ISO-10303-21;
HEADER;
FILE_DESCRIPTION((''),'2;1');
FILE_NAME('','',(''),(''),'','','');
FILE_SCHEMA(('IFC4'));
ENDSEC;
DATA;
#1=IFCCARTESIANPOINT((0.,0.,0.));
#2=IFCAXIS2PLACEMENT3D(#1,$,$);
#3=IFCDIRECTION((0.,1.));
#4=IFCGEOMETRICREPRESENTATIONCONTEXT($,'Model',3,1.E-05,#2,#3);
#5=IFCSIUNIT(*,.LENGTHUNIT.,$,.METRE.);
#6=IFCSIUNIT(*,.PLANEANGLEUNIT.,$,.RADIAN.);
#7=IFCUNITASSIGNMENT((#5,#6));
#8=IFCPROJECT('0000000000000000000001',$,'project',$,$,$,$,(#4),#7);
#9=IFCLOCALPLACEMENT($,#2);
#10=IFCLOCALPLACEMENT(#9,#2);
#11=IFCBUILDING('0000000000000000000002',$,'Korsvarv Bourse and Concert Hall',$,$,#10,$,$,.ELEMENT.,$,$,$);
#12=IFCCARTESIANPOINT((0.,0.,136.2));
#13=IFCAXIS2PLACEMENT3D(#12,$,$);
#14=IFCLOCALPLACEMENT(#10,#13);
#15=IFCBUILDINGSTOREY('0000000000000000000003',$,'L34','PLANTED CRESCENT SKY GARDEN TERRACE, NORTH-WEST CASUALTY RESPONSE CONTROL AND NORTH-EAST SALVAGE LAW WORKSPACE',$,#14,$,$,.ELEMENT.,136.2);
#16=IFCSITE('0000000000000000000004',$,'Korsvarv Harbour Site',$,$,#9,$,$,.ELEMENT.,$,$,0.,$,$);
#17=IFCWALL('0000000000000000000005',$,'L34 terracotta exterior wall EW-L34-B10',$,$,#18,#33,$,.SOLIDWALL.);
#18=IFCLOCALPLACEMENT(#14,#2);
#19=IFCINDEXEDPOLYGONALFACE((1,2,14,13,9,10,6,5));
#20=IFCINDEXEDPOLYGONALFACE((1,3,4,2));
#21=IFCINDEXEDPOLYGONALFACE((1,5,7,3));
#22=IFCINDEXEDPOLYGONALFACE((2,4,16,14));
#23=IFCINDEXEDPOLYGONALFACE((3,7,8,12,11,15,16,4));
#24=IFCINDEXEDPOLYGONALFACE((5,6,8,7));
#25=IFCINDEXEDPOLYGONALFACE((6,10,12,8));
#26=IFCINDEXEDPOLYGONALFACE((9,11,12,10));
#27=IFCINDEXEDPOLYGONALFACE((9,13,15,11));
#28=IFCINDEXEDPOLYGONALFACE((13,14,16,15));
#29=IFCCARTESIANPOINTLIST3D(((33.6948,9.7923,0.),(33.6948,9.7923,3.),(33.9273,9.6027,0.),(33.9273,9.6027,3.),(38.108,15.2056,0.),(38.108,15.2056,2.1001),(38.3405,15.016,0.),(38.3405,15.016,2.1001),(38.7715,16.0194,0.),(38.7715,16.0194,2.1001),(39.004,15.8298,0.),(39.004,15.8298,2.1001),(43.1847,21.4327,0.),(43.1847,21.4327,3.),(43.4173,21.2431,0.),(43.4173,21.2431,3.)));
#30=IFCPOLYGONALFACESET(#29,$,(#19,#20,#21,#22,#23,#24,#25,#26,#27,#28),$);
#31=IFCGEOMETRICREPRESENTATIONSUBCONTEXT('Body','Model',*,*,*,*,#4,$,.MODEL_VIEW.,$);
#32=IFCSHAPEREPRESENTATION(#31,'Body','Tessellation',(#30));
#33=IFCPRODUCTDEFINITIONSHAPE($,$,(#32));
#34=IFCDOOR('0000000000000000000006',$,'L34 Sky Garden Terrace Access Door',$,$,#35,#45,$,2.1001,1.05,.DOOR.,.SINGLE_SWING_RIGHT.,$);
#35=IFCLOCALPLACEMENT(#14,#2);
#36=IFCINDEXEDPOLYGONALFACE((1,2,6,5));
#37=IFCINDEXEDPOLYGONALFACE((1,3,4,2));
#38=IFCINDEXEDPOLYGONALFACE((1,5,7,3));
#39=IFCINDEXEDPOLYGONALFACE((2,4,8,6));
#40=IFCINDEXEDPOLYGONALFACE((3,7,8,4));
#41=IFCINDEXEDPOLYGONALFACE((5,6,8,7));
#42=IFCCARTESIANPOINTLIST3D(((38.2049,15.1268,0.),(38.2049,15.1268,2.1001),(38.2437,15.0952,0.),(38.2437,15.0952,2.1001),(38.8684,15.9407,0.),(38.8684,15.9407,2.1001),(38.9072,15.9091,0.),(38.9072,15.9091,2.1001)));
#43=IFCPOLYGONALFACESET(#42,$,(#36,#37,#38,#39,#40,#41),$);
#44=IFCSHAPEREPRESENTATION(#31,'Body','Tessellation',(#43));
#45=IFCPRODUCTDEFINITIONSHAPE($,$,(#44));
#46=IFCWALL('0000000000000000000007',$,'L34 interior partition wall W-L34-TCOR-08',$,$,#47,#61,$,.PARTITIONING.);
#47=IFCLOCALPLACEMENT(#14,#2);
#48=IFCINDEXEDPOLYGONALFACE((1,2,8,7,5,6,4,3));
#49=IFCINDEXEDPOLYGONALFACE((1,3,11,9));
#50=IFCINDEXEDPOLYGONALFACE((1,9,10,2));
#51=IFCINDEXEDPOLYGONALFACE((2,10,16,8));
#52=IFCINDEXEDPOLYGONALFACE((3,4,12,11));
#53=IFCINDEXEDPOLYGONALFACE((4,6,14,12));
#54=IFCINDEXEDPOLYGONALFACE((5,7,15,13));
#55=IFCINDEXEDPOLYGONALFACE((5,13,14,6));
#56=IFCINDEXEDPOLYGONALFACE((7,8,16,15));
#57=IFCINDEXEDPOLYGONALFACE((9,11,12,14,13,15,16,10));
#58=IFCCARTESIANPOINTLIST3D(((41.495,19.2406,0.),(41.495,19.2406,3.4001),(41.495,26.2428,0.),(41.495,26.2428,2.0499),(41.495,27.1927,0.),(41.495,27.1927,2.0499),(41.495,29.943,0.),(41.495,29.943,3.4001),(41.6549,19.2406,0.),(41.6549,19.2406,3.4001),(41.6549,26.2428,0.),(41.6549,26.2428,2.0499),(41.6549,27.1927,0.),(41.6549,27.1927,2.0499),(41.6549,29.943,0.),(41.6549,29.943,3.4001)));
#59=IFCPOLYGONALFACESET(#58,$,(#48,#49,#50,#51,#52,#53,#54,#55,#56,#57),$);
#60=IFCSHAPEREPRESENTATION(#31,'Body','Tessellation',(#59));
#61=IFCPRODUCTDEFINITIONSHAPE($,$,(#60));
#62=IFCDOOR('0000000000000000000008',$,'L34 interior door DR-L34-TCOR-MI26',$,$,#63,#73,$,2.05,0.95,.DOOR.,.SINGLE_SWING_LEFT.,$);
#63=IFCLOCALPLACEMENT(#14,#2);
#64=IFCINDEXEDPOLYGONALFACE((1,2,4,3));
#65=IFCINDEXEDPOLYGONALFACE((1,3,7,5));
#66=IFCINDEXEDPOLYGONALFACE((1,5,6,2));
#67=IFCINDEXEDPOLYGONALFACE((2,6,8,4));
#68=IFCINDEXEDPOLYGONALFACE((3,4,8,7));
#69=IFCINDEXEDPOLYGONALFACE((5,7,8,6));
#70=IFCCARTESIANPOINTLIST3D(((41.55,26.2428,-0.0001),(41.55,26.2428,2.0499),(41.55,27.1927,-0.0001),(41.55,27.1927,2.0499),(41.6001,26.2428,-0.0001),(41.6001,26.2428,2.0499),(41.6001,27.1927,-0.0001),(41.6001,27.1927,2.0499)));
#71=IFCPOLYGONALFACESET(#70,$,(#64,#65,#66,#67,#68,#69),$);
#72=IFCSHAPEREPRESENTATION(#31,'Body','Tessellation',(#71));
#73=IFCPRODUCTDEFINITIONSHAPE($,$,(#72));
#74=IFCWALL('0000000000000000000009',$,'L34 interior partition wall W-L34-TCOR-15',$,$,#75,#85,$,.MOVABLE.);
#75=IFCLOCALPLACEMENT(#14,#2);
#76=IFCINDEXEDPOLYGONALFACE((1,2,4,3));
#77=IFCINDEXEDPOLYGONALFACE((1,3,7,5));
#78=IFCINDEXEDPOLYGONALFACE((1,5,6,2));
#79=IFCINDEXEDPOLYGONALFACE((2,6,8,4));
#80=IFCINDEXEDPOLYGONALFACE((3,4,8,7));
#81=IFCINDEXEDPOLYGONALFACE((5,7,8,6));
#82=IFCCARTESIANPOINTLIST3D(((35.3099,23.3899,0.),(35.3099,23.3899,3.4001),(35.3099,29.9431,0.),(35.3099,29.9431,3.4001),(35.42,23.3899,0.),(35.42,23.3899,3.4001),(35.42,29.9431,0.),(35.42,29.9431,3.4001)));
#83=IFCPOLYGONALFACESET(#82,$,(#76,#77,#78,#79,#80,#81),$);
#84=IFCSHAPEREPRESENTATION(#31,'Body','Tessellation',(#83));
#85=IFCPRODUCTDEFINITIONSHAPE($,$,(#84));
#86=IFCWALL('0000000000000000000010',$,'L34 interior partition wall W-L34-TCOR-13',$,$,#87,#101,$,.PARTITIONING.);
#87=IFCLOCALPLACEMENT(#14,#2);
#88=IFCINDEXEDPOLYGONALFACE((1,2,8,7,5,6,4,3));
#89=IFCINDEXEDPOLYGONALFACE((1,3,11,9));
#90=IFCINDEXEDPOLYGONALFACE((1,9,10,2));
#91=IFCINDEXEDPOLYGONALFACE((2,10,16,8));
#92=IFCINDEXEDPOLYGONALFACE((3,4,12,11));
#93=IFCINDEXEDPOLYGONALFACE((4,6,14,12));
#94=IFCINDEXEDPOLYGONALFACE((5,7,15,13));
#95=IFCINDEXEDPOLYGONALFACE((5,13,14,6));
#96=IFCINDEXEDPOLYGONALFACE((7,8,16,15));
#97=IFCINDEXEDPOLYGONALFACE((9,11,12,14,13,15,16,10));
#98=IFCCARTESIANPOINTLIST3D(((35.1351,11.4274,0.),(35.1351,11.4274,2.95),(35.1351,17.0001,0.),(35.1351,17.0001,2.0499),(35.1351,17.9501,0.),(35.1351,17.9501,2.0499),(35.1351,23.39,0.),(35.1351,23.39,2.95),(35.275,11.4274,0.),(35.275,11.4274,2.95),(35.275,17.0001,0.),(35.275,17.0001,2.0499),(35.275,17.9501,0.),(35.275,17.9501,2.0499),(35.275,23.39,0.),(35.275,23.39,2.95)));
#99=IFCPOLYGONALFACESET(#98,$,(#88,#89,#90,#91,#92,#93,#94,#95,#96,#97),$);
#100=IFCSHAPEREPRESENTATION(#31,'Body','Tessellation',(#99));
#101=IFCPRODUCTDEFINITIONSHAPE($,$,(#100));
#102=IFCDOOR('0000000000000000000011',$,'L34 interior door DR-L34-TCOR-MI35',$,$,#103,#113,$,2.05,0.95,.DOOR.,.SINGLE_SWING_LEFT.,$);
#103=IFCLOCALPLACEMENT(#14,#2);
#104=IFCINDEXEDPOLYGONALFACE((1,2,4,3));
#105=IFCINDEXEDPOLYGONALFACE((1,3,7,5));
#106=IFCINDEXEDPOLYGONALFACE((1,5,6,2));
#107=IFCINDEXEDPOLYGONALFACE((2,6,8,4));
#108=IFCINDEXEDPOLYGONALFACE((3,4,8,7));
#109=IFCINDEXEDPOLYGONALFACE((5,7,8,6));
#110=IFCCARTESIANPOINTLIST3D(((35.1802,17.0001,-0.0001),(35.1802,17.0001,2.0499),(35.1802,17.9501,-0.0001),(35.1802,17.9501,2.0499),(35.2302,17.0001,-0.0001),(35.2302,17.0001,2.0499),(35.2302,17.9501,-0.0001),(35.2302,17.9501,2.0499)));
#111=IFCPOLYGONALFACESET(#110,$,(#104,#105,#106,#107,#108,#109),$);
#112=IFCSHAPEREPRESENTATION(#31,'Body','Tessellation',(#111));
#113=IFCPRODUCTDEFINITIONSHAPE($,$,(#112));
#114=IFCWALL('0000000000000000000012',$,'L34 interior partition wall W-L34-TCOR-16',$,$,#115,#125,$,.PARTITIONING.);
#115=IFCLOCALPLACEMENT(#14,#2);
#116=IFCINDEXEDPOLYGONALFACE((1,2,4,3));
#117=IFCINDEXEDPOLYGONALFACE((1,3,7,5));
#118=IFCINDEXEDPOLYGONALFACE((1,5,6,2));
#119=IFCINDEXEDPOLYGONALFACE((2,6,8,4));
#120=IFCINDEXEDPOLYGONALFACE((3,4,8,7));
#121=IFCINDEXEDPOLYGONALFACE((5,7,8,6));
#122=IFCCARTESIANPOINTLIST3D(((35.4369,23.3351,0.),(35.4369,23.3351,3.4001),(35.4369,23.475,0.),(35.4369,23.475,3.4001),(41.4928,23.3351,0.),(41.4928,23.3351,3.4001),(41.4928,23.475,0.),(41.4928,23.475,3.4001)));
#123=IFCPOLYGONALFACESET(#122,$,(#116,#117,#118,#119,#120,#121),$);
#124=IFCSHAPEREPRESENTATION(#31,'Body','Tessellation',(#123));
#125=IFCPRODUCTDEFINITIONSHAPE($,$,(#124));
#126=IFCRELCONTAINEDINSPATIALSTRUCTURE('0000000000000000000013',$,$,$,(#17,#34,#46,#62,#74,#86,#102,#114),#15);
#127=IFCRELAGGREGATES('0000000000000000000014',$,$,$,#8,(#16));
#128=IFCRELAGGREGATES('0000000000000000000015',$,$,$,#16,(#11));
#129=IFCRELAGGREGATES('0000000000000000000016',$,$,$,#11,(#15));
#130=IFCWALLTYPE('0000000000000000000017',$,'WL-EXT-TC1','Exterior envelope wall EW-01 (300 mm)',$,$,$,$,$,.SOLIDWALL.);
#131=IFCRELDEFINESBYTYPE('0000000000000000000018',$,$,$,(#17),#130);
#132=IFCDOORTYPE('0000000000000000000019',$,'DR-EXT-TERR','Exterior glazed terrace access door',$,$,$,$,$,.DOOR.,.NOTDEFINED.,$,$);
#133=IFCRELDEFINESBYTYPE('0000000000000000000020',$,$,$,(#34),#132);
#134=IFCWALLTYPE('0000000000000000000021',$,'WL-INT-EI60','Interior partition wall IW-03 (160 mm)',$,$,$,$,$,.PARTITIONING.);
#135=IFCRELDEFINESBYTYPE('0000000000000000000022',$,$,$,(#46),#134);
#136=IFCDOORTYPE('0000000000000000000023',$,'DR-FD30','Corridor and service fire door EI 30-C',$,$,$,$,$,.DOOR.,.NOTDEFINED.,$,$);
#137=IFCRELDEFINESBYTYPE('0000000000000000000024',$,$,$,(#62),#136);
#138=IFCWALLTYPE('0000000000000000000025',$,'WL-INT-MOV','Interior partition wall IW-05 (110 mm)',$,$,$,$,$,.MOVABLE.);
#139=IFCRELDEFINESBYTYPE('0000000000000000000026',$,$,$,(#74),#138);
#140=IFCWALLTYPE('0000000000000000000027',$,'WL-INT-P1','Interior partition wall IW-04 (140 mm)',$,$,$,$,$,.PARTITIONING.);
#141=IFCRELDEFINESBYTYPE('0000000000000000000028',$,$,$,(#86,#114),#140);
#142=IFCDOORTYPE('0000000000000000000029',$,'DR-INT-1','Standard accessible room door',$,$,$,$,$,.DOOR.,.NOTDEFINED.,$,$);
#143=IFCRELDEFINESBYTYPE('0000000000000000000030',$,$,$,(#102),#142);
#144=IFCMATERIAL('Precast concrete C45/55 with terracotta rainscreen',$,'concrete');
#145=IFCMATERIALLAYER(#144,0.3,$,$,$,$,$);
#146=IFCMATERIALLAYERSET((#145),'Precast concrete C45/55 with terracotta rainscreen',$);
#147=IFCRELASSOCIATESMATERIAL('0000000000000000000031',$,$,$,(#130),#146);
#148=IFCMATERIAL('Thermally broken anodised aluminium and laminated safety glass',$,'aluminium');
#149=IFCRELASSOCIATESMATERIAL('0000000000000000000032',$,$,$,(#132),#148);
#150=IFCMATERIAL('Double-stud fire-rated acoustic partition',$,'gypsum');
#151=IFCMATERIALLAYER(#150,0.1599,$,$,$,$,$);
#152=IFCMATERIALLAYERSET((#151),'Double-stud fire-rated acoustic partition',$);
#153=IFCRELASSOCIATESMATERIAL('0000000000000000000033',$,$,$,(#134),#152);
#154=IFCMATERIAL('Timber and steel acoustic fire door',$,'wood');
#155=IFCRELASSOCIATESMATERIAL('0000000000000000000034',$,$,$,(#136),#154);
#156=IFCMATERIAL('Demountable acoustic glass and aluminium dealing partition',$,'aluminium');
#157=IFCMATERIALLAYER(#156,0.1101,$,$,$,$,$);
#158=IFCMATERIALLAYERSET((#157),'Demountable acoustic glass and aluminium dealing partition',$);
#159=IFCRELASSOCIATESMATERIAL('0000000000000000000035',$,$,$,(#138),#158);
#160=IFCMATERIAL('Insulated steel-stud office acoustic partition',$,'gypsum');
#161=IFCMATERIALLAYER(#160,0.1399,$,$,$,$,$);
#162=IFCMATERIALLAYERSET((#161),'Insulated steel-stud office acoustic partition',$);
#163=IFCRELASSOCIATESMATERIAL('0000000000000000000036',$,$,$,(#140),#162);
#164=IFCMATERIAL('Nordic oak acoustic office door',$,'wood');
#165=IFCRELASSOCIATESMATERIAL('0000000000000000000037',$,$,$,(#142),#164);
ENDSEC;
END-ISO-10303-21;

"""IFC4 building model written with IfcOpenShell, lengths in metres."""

from ifc_helpers import new_model, si_unit, direction, frame, frame_2d, origin, place, context, subcontext, project, spatial, rectangle, extrude, material, layer, layer_set, type_object, element, fill, save


model = new_model("IFC4")

# Units and contexts
model_context = context("Model", 3, precision=1e-05, world=origin(), true_north=direction((0.0, 1.0)))
body_context = subcontext(model_context, "Body", "Model", "MODEL_VIEW")
ifc_project = project(units=[si_unit("LENGTHUNIT", "METRE"), si_unit("PLANEANGLEUNIT", "RADIAN")], contexts=[model_context])

# Site, building, storey
site_placement = place(None, origin())
site = spatial("IfcSite", under=ifc_project, at=site_placement, Name="Korsvarv Harbour Site", CompositionType="ELEMENT", RefElevation=0.0)
building_placement = place(site_placement, origin())
building = spatial("IfcBuilding", under=site, at=building_placement, Name="Korsvarv Bourse and Concert Hall", CompositionType="ELEMENT")
storey_placement = place(building_placement, frame((0.0, 0.0, 136.2)))
storey = spatial("IfcBuildingStorey", under=building, at=storey_placement, Name="L34", Description="PLANTED CRESCENT SKY GARDEN TERRACE, NORTH-WEST CASUALTY RESPONSE CONTROL AND NORTH-EAST SALVAGE LAW WORKSPACE", CompositionType="ELEMENT", Elevation=136.2)

# Walls, openings, doors
ifc_material_1 = material(Name="Precast concrete C45/55 with terracotta rainscreen", Category="concrete")
ifc_layer_1 = layer(ifc_material_1, 0.3)
ifc_layer_set_1 = layer_set([ifc_layer_1], Name="Precast concrete C45/55 with terracotta rainscreen")
wall_type_1 = type_object("IfcWallType", Name="WL-EXT-TC1", Description="Exterior envelope wall EW-01 (300 mm)", PredefinedType="SOLIDWALL", material=ifc_layer_set_1)
wall_1_placement = place(storey_placement, frame((33.811, 9.6975, 0.0), z_axis=(0.0, 0.0, 1.0), x_axis=(0.631882, 0.775064, 0.0)))
wall_1 = element("IfcWall", 1, at=wall_1_placement, inside=storey, type_object=wall_type_1, Name="L34 terracotta exterior wall EW-L34-B10", PredefinedType="SOLIDWALL", context=body_context, shape_type="SweptSolid", body=[
    extrude(rectangle(XDim=15.0186, YDim=0.3, at=frame_2d((7.5093, 0.0))), origin(), (0.0, 0.0, 1.0), 3.0),
])
opening_1_placement = place(wall_1_placement, frame((6.9844, 0.0, 0.0)))
opening_1 = element("IfcOpeningElement", 2, at=opening_1_placement, cuts=wall_1, PredefinedType="OPENING", context=body_context, shape_type="SweptSolid", body=[
    extrude(rectangle(XDim=1.05, YDim=2.1001, at=frame_2d((0.5249, 1.05))), frame((0.0, 0.1602, 0.0), z_axis=(0.0, -1.0, 0.0), x_axis=(1.0, 0.0, 0.0)), (0.0, 0.0, 1.0), 0.3201),
])
ifc_material_2 = material(Name="Thermally broken anodised aluminium and laminated safety glass", Category="aluminium")
door_type_1 = type_object("IfcDoorType", Name="DR-EXT-TERR", Description="Exterior glazed terrace access door", OperationType="NOTDEFINED", PredefinedType="DOOR", material=ifc_material_2)
door_1_placement = place(opening_1_placement, frame((1.05, 0.0, 0.0), z_axis=(0.0, 0.0, 1.0), x_axis=(-1.0, 0.0, 0.0)))
door_1 = element("IfcDoor", 3, at=door_1_placement, inside=storey, type_object=door_type_1, Name="L34 Sky Garden Terrace Access Door", OperationType="SINGLE_SWING_RIGHT", OverallHeight=2.1001, OverallWidth=1.05, PredefinedType="DOOR", context=body_context, shape_type="SweptSolid", body=[
    extrude(rectangle(XDim=1.05, YDim=2.1001, at=frame_2d((0.5249, 1.05))), frame((0.0, 0.0249, 0.0), z_axis=(0.0, -1.0, 0.0), x_axis=(1.0, 0.0, 0.0)), (0.0, 0.0, 1.0), 0.05),
])
fill(opening_1, door_1)
ifc_material_3 = material(Name="Double-stud fire-rated acoustic partition", Category="gypsum")
ifc_layer_2 = layer(ifc_material_3, 0.1599)
ifc_layer_set_2 = layer_set([ifc_layer_2], Name="Double-stud fire-rated acoustic partition")
wall_type_2 = type_object("IfcWallType", Name="WL-INT-EI60", Description="Interior partition wall IW-03 (160 mm)", PredefinedType="PARTITIONING", material=ifc_layer_set_2)
wall_2_placement = place(storey_placement, frame((41.575, 19.2407, 0.0), z_axis=(0.0, 0.0, 1.0), x_axis=(0.0, 1.0, 0.0)))
wall_2 = element("IfcWall", 4, at=wall_2_placement, inside=storey, type_object=wall_type_2, Name="L34 interior partition wall W-L34-TCOR-08", PredefinedType="PARTITIONING", context=body_context, shape_type="SweptSolid", body=[
    extrude(rectangle(XDim=10.7024, YDim=0.1599, at=frame_2d((5.3511, 0.0))), origin(), (0.0, 0.0, 1.0), 3.4001),
])
opening_2_placement = place(wall_2_placement, frame((7.002, 0.0, 0.0)))
opening_2 = element("IfcOpeningElement", 5, at=opening_2_placement, cuts=wall_2, PredefinedType="OPENING", context=body_context, shape_type="SweptSolid", body=[
    extrude(rectangle(XDim=0.95, YDim=2.05, at=frame_2d((0.4751, 1.0249))), frame((0.0, 0.0898, 0.0), z_axis=(0.0, -1.0, 0.0), x_axis=(1.0, 0.0, 0.0)), (0.0, 0.0, 1.0), 0.1799),
])
ifc_material_4 = material(Name="Timber and steel acoustic fire door", Category="wood")
door_type_2 = type_object("IfcDoorType", Name="DR-FD30", Description="Corridor and service fire door EI 30-C", OperationType="NOTDEFINED", PredefinedType="DOOR", material=ifc_material_4)
door_2_placement = place(opening_2_placement, origin())
door_2 = element("IfcDoor", 6, at=door_2_placement, inside=storey, type_object=door_type_2, Name="L34 interior door DR-L34-TCOR-MI26", OperationType="SINGLE_SWING_LEFT", OverallHeight=2.05, OverallWidth=0.95, PredefinedType="DOOR", context=body_context, shape_type="SweptSolid", body=[
    extrude(rectangle(XDim=0.95, YDim=2.05, at=frame_2d((0.4751, 1.0249))), frame((0.0, 0.0249, 0.0), z_axis=(0.0, -1.0, 0.0), x_axis=(1.0, 0.0, 0.0)), (0.0, 0.0, 1.0), 0.05),
])
fill(opening_2, door_2)

# Wall
ifc_material_5 = material(Name="Demountable acoustic glass and aluminium dealing partition", Category="aluminium")
ifc_layer_3 = layer(ifc_material_5, 0.1101)
ifc_layer_set_3 = layer_set([ifc_layer_3], Name="Demountable acoustic glass and aluminium dealing partition")
wall_type_3 = type_object("IfcWallType", Name="WL-INT-MOV", Description="Interior partition wall IW-05 (110 mm)", PredefinedType="MOVABLE", material=ifc_layer_set_3)
wall_3_placement = place(storey_placement, frame((35.365, 23.3899, 0.0), z_axis=(0.0, 0.0, 1.0), x_axis=(0.0, 1.0, 0.0)))
element("IfcWall", 7, at=wall_3_placement, inside=storey, type_object=wall_type_3, Name="L34 interior partition wall W-L34-TCOR-15", PredefinedType="MOVABLE", context=body_context, shape_type="SweptSolid", body=[
    extrude(rectangle(XDim=6.5532, YDim=0.1101, at=frame_2d((3.2766, 0.0))), origin(), (0.0, 0.0, 1.0), 3.4001),
])

# Wall, opening, door
ifc_material_6 = material(Name="Insulated steel-stud office acoustic partition", Category="gypsum")
ifc_layer_4 = layer(ifc_material_6, 0.1399)
ifc_layer_set_4 = layer_set([ifc_layer_4], Name="Insulated steel-stud office acoustic partition")
wall_type_4 = type_object("IfcWallType", Name="WL-INT-P1", Description="Interior partition wall IW-04 (140 mm)", PredefinedType="PARTITIONING", material=ifc_layer_set_4)
wall_4_placement = place(storey_placement, frame((35.2051, 11.4272, 0.0), z_axis=(0.0, 0.0, 1.0), x_axis=(0.0, 1.0, 0.0)))
wall_4 = element("IfcWall", 8, at=wall_4_placement, inside=storey, type_object=wall_type_4, Name="L34 interior partition wall W-L34-TCOR-13", PredefinedType="PARTITIONING", context=body_context, shape_type="SweptSolid", body=[
    extrude(rectangle(XDim=11.9626, YDim=0.1399, at=frame_2d((5.9814, 0.0))), origin(), (0.0, 0.0, 1.0), 2.95),
])
opening_3_placement = place(wall_4_placement, frame((5.5728, 0.0, 0.0)))
opening_3 = element("IfcOpeningElement", 9, at=opening_3_placement, cuts=wall_4, PredefinedType="OPENING", context=body_context, shape_type="SweptSolid", body=[
    extrude(rectangle(XDim=0.95, YDim=2.05, at=frame_2d((0.4751, 1.0249))), frame((0.0, 0.0801, 0.0), z_axis=(0.0, -1.0, 0.0), x_axis=(1.0, 0.0, 0.0)), (0.0, 0.0, 1.0), 0.1599),
])
ifc_material_7 = material(Name="Nordic oak acoustic office door", Category="wood")
door_type_3 = type_object("IfcDoorType", Name="DR-INT-1", Description="Standard accessible room door", OperationType="NOTDEFINED", PredefinedType="DOOR", material=ifc_material_7)
door_3_placement = place(opening_3_placement, origin())
door_3 = element("IfcDoor", 10, at=door_3_placement, inside=storey, type_object=door_type_3, Name="L34 interior door DR-L34-TCOR-MI35", OperationType="SINGLE_SWING_LEFT", OverallHeight=2.05, OverallWidth=0.95, PredefinedType="DOOR", context=body_context, shape_type="SweptSolid", body=[
    extrude(rectangle(XDim=0.95, YDim=2.05, at=frame_2d((0.4751, 1.0249))), frame((0.0, 0.0249, 0.0), z_axis=(0.0, -1.0, 0.0), x_axis=(1.0, 0.0, 0.0)), (0.0, 0.0, 1.0), 0.05),
])
fill(opening_3, door_3)

# Wall
wall_5_placement = place(storey_placement, frame((35.437, 23.405, 0.0), z_axis=(0.0, 0.0, 1.0), x_axis=(1.0, 0.0, 0.0)))
element("IfcWall", 11, at=wall_5_placement, inside=storey, type_object=wall_type_4, Name="L34 interior partition wall W-L34-TCOR-16", PredefinedType="PARTITIONING", context=body_context, shape_type="SweptSolid", body=[
    extrude(rectangle(XDim=6.0559, YDim=0.1399, at=frame_2d((3.0278, 0.0))), origin(), (0.0, 0.0, 1.0), 3.4001),
])

save(model, "model.ifc")
